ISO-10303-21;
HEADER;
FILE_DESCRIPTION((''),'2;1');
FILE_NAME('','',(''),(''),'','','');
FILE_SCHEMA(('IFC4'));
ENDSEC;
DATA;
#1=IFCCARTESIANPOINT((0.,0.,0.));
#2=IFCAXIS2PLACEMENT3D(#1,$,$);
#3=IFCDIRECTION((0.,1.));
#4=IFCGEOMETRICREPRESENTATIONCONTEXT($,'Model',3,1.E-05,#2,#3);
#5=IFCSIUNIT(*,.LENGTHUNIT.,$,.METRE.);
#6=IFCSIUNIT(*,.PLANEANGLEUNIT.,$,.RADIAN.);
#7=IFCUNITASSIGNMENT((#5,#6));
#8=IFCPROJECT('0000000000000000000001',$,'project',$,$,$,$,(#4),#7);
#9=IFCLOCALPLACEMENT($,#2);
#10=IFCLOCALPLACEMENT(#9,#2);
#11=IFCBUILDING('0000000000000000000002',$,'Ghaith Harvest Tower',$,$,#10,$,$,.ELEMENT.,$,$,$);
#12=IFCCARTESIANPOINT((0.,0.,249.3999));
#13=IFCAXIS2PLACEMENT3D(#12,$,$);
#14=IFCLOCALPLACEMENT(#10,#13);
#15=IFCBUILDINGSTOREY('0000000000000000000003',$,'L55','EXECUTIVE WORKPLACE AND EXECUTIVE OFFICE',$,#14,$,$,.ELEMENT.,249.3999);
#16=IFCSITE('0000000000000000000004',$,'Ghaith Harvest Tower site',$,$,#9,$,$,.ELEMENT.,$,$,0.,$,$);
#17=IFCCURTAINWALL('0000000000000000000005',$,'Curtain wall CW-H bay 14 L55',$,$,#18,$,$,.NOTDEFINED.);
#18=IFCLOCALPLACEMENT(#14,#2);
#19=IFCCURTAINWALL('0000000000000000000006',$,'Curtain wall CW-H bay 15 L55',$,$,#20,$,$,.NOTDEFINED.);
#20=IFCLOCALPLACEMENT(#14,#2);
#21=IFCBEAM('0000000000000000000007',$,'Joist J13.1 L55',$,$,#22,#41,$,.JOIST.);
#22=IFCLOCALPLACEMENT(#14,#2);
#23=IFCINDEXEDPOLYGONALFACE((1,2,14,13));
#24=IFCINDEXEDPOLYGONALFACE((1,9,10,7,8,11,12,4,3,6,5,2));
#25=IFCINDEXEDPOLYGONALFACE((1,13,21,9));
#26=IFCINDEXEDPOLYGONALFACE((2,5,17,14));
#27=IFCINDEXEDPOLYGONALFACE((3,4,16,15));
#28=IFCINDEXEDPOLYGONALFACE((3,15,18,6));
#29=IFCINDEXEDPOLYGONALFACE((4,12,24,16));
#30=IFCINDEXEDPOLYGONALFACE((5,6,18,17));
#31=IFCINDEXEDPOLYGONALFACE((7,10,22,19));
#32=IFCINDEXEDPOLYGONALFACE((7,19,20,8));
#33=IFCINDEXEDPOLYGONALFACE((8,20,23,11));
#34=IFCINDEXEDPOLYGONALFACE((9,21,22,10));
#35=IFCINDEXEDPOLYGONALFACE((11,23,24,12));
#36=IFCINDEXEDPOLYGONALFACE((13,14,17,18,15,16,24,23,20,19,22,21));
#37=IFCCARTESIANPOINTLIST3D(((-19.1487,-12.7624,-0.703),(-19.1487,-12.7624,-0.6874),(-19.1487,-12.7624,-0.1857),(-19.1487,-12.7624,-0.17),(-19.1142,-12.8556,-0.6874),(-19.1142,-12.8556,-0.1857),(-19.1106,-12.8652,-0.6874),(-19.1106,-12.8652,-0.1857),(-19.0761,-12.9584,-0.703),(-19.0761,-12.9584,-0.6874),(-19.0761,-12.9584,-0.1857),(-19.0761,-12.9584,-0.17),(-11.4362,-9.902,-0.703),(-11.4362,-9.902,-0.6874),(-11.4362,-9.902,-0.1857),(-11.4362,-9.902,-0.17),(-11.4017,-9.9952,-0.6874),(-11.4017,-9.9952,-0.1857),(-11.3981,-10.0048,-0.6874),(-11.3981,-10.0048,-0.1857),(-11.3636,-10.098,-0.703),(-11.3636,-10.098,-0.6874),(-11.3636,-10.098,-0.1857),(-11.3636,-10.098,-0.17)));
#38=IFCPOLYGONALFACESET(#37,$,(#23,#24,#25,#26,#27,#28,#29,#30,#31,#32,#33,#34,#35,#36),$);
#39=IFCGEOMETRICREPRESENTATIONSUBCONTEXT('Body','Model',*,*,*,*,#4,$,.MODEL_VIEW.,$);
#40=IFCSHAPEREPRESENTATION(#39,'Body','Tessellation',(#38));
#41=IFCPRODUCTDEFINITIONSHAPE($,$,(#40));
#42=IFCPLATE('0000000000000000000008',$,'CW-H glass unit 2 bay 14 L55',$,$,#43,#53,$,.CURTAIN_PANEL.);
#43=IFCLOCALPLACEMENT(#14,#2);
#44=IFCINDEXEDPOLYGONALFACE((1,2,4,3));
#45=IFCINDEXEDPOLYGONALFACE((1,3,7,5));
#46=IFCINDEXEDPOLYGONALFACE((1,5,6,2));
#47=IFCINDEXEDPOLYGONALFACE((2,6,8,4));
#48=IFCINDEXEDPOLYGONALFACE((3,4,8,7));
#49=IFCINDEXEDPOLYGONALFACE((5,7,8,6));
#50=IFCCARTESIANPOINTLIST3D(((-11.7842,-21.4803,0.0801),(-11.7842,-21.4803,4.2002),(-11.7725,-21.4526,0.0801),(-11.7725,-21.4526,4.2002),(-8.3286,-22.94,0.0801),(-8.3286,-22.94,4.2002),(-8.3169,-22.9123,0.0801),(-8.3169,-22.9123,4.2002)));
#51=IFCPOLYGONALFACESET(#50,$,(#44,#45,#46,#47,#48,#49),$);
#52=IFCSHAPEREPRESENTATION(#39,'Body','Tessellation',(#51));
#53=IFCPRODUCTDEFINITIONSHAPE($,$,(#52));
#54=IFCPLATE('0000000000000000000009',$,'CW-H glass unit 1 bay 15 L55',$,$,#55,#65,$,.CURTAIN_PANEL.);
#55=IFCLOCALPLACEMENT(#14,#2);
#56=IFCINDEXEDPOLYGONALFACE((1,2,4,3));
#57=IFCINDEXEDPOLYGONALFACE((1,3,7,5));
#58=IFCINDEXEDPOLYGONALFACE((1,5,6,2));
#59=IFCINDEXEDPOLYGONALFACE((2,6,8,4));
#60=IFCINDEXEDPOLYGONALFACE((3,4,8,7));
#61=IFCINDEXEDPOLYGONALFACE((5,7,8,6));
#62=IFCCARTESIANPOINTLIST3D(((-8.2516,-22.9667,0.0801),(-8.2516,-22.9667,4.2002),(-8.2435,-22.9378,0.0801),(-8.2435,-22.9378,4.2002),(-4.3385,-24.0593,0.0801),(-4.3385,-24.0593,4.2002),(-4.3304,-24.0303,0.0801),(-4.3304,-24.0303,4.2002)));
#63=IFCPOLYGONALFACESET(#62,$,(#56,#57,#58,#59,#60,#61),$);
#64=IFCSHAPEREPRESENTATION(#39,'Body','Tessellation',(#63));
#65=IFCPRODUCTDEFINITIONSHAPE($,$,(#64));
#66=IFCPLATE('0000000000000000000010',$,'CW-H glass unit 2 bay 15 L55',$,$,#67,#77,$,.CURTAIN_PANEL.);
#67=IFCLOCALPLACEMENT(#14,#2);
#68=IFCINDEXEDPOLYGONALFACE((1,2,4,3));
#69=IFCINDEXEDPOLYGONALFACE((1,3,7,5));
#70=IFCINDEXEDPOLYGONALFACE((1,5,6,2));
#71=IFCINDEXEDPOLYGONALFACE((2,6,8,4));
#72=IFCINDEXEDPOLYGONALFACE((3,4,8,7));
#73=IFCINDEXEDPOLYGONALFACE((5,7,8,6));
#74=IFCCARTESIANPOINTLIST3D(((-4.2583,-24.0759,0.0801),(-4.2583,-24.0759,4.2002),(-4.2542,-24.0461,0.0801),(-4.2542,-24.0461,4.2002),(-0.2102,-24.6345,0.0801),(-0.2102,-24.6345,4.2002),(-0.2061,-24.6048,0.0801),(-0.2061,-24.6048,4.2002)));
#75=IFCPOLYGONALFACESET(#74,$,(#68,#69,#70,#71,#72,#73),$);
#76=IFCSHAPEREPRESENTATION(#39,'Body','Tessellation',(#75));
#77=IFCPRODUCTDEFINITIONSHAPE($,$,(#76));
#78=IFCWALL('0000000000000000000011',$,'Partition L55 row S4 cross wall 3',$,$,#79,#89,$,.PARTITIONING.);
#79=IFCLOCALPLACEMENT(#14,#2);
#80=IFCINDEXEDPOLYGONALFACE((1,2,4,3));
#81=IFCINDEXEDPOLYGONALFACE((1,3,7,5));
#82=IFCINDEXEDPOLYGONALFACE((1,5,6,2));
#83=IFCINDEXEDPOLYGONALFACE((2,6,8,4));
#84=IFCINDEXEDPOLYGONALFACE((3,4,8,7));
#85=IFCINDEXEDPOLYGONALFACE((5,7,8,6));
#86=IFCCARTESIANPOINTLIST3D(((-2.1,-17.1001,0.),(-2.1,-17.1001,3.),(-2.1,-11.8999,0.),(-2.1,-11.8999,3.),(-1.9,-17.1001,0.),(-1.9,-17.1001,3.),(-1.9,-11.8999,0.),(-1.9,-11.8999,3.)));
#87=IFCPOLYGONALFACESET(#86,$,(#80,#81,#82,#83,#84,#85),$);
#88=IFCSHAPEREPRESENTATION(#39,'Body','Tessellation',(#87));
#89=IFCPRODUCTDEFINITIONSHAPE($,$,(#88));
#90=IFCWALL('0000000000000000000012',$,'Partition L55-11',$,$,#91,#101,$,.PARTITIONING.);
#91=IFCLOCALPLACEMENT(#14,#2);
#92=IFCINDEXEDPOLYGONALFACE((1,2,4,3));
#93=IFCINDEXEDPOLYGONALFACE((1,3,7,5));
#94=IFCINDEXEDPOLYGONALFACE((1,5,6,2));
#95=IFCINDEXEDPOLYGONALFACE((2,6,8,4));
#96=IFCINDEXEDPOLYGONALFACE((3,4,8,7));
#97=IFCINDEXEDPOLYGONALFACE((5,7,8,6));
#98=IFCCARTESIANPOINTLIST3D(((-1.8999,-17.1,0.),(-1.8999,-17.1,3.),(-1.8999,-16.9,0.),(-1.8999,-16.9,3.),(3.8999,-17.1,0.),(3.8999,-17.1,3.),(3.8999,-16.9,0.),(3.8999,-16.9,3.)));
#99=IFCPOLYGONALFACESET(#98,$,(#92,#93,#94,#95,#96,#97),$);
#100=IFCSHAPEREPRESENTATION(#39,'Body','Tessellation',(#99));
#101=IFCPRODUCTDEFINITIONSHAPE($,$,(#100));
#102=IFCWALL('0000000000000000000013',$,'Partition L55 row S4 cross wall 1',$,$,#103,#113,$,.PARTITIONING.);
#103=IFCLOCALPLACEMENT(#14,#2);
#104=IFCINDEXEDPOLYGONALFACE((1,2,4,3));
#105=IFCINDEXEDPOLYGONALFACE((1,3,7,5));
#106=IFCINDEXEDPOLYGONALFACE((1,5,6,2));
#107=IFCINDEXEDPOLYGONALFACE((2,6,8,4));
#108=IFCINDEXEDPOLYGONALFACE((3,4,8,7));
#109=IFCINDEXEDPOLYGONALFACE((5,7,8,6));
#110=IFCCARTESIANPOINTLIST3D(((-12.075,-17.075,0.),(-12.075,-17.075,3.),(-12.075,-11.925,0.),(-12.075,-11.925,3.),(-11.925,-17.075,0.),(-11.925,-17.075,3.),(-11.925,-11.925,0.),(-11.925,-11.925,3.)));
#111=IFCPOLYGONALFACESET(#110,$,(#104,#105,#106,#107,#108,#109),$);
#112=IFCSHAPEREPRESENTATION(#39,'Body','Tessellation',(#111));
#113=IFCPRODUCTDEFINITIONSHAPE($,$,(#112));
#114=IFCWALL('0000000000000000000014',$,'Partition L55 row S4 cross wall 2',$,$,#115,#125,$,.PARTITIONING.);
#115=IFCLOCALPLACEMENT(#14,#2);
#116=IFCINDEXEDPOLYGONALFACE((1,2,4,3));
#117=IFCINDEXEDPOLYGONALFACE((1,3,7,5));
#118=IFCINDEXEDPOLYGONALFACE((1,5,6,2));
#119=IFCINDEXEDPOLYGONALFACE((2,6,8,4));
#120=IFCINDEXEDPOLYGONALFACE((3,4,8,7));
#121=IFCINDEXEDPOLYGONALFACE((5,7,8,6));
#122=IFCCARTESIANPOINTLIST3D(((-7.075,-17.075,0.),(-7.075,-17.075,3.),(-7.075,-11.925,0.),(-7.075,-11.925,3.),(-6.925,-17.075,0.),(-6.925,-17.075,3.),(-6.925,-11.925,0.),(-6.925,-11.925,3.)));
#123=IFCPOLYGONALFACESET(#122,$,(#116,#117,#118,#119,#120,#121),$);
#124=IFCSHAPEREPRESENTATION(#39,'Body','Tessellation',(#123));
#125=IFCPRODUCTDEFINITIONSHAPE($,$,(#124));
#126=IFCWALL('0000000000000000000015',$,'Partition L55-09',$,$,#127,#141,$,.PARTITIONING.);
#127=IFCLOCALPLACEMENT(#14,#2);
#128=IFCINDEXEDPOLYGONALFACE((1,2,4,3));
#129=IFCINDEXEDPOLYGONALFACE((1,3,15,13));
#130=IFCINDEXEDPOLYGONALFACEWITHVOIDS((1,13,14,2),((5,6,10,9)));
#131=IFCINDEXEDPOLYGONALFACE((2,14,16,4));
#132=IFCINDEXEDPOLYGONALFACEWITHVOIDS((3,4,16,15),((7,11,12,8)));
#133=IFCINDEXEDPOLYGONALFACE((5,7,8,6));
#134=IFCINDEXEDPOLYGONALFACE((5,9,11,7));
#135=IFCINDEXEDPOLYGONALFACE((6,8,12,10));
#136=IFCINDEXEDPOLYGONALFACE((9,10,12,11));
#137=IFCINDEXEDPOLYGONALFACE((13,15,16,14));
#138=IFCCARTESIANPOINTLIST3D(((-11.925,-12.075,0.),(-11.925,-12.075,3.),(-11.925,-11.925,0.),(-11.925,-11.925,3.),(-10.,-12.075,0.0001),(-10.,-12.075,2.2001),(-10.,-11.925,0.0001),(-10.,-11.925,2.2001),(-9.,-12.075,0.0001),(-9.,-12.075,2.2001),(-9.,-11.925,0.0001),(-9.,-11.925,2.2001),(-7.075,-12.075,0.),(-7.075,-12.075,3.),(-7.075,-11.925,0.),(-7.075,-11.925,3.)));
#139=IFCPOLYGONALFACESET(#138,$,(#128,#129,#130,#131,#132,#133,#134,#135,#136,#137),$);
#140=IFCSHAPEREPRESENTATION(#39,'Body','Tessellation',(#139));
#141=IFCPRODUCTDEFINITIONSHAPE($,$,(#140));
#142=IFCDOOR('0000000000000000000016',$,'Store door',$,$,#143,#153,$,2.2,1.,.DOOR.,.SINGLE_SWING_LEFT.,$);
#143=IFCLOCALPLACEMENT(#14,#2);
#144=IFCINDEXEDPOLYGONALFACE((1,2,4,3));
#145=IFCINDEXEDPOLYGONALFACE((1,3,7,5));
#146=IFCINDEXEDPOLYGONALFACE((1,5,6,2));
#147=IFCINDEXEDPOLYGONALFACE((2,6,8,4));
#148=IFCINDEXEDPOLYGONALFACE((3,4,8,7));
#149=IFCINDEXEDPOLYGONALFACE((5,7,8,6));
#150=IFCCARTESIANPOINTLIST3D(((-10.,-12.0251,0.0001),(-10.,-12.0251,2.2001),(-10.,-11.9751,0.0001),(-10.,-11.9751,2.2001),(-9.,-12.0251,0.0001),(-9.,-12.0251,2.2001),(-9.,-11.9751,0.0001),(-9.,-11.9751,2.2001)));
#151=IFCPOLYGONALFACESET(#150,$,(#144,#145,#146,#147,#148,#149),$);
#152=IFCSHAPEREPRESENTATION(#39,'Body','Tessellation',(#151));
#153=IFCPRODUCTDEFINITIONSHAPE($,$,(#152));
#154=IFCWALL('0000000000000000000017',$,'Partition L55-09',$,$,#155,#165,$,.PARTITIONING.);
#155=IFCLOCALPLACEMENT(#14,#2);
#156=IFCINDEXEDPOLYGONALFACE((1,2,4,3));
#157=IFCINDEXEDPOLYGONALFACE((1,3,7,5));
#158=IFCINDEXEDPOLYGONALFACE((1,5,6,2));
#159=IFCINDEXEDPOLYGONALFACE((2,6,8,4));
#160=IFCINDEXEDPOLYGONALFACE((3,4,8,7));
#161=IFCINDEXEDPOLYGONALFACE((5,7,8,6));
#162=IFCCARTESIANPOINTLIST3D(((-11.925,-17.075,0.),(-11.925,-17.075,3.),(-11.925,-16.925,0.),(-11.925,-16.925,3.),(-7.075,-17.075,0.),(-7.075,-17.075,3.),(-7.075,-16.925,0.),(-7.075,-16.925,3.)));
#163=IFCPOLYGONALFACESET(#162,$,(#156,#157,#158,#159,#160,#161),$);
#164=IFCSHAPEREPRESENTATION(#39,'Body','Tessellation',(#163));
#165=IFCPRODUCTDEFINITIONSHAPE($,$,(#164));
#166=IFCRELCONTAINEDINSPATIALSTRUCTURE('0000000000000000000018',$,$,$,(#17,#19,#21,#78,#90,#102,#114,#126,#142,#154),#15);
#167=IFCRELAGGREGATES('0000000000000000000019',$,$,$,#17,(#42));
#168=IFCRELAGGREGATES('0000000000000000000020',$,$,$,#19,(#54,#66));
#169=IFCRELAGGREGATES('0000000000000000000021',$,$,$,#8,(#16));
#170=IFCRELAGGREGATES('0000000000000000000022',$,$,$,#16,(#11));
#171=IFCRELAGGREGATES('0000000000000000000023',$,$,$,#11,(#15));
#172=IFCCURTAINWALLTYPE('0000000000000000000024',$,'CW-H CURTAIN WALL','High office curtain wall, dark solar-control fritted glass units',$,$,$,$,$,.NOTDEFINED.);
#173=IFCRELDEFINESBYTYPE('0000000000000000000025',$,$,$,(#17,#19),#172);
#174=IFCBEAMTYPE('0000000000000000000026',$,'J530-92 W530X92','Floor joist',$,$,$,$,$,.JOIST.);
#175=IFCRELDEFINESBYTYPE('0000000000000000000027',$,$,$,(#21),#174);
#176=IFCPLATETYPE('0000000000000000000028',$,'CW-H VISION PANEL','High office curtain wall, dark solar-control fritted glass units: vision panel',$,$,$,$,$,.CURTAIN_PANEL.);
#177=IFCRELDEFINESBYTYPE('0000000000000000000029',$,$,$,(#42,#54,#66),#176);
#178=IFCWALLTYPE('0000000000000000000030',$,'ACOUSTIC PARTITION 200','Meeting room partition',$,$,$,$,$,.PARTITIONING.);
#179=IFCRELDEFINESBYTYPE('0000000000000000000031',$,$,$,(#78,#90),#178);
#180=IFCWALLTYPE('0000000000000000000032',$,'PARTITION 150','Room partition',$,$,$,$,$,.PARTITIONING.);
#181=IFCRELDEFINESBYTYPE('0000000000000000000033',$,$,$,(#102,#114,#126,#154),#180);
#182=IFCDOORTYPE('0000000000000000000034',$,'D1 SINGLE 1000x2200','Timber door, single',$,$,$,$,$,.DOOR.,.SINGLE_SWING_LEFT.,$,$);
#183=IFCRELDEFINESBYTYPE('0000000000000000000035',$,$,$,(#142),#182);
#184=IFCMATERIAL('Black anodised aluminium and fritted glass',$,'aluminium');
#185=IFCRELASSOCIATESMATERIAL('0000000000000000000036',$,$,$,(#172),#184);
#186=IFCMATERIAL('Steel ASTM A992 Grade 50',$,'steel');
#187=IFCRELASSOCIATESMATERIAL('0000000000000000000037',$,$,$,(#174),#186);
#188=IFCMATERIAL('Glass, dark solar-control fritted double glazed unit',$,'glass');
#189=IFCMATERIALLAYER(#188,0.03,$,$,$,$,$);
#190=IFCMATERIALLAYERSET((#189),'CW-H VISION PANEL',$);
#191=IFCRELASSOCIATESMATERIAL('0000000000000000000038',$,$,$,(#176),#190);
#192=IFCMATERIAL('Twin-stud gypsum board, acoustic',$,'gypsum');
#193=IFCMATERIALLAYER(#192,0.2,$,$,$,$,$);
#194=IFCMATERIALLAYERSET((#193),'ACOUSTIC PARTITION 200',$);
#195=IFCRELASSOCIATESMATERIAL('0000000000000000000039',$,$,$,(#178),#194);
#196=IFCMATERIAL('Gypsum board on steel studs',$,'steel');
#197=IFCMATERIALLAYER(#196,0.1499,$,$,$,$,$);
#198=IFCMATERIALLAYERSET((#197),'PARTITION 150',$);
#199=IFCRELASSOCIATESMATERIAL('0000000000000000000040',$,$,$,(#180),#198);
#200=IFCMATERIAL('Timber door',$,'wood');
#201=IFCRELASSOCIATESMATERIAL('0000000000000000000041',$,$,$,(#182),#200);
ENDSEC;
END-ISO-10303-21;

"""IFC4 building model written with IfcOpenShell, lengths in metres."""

from ifc_helpers import new_model, si_unit, direction, frame, frame_2d, origin, origin_2d, place, context, subcontext, project, spatial, rectangle, i_section, extrude, material, layer, layer_set, material_profile, profile_set, type_object, element, fill, aggregate, save


model = new_model("IFC4")

# Units and contexts
model_context = context("Model", 3, precision=1e-05, world=origin(), true_north=direction((0.0, 1.0)))
body_context = subcontext(model_context, "Body", "Model", "MODEL_VIEW")
ifc_project = project(units=[si_unit("LENGTHUNIT", "METRE"), si_unit("PLANEANGLEUNIT", "RADIAN")], contexts=[model_context])

# Site, building, storey
site_placement = place(None, origin())
site = spatial("IfcSite", under=ifc_project, at=site_placement, Name="Ghaith Harvest Tower site", CompositionType="ELEMENT", RefElevation=0.0)
building_placement = place(site_placement, origin())
building = spatial("IfcBuilding", under=site, at=building_placement, Name="Ghaith Harvest Tower", CompositionType="ELEMENT")
storey_placement = place(building_placement, frame((0.0, 0.0, 249.3999)))
storey = spatial("IfcBuildingStorey", under=building, at=storey_placement, Name="L55", Description="EXECUTIVE WORKPLACE AND EXECUTIVE OFFICE", CompositionType="ELEMENT", Elevation=249.3999)

# Curtain wall
ifc_material_1 = material(Name="Black anodised aluminium and fritted glass", Category="aluminium")
curtain_wall_type = type_object("IfcCurtainWallType", Name="CW-H CURTAIN WALL", Description="High office curtain wall, dark solar-control fritted glass units", PredefinedType="NOTDEFINED", material=ifc_material_1)
curtain_wall_1_placement = place(storey_placement, origin())
curtain_wall_1 = element("IfcCurtainWall", 1, at=curtain_wall_1_placement, inside=storey, type_object=curtain_wall_type, Name="Curtain wall CW-H bay 14 L55", PredefinedType="NOTDEFINED")

# Curtain wall
curtain_wall_2_placement = place(storey_placement, origin())
curtain_wall_2 = element("IfcCurtainWall", 2, at=curtain_wall_2_placement, inside=storey, type_object=curtain_wall_type, Name="Curtain wall CW-H bay 15 L55", PredefinedType="NOTDEFINED")

# Beam
ifc_material_2 = material(Name="Steel ASTM A992 Grade 50", Category="steel")
ifc_material_profile_1 = material_profile(ifc_material_2, i_section(OverallWidth=0.209, OverallDepth=0.533, WebThickness=0.0103, FlangeThickness=0.0156, at=origin_2d()), Name="W530X92")
ifc_profile_set_1 = profile_set([ifc_material_profile_1], Name="Steel ASTM A992 Grade 50")
beam_type_1 = type_object("IfcBeamType", Name="J530-92 W530X92", Description="Floor joist", PredefinedType="JOIST", material=ifc_profile_set_1)
beam_1_placement = place(storey_placement, frame((-11.3999, -10.0, -0.4365), z_axis=(-0.937594, -0.347732, 0.0), x_axis=(0.347732, -0.937594, 0.0)))
element("IfcBeam", 3, at=beam_1_placement, inside=storey, type_object=beam_type_1, Name="Joist J13.1 L55", PredefinedType="JOIST", context=body_context, shape_type="SweptSolid", body=[
    extrude(i_section(OverallWidth=0.209, OverallDepth=0.533, WebThickness=0.0103, FlangeThickness=0.0156, at=origin_2d()), origin(), (0.0, 0.0, 1.0), 8.2258),
])

# Plates
ifc_material_3 = material(Name="Glass, dark solar-control fritted double glazed unit", Category="glass")
ifc_layer_1 = layer(ifc_material_3, 0.03)
ifc_layer_set_1 = layer_set([ifc_layer_1], Name="CW-H VISION PANEL")
plate_type = type_object("IfcPlateType", Name="CW-H VISION PANEL", Description="High office curtain wall, dark solar-control fritted glass units: vision panel", PredefinedType="CURTAIN_PANEL", material=ifc_layer_set_1)
plate_1_placement = place(storey_placement, frame((-10.0505, -22.1963, 0.0801), z_axis=(0.0, 0.0, 1.0), x_axis=(0.921182, -0.389133, 0.0)))
plate_1 = element("IfcPlate", 4, at=plate_1_placement, type_object=plate_type, Name="CW-H glass unit 2 bay 14 L55", PredefinedType="CURTAIN_PANEL", context=body_context, shape_type="SweptSolid", body=[
    extrude(rectangle(XDim=3.7512, YDim=0.03, at=origin_2d()), origin(), (0.0, 0.0, 1.0), 4.1201),
])
aggregate(curtain_wall_1, [plate_1])
plate_2_placement = place(storey_placement, frame((-6.291, -23.4985, 0.0801), z_axis=(0.0, 0.0, 1.0), x_axis=(0.963163, -0.268919, 0.0)))
plate_2 = element("IfcPlate", 5, at=plate_2_placement, type_object=plate_type, Name="CW-H glass unit 1 bay 15 L55", PredefinedType="CURTAIN_PANEL", context=body_context, shape_type="SweptSolid", body=[
    extrude(rectangle(XDim=4.0627, YDim=0.03, at=origin_2d()), origin(), (0.0, 0.0, 1.0), 4.1201),
])
plate_3_placement = place(storey_placement, frame((-2.2322, -24.3403, 0.0801), z_axis=(0.0, 0.0, 1.0), x_axis=(0.990612, -0.136702, 0.0)))
plate_3 = element("IfcPlate", 6, at=plate_3_placement, type_object=plate_type, Name="CW-H glass unit 2 bay 15 L55", PredefinedType="CURTAIN_PANEL", context=body_context, shape_type="SweptSolid", body=[
    extrude(rectangle(XDim=4.0864, YDim=0.03, at=origin_2d()), origin(), (0.0, 0.0, 1.0), 4.1201),
])
aggregate(curtain_wall_2, [plate_2, plate_3])

# Wall
ifc_material_4 = material(Name="Twin-stud gypsum board, acoustic", Category="gypsum")
ifc_layer_2 = layer(ifc_material_4, 0.2)
ifc_layer_set_2 = layer_set([ifc_layer_2], Name="ACOUSTIC PARTITION 200")
wall_type_1 = type_object("IfcWallType", Name="ACOUSTIC PARTITION 200", Description="Meeting room partition", PredefinedType="PARTITIONING", material=ifc_layer_set_2)
wall_1_placement = place(storey_placement, frame((-2.0, -11.8999, 0.0), z_axis=(0.0, 0.0, 1.0), x_axis=(0.0, -1.0, 0.0)))
element("IfcWall", 7, at=wall_1_placement, inside=storey, type_object=wall_type_1, Name="Partition L55 row S4 cross wall 3", PredefinedType="PARTITIONING", context=body_context, shape_type="SweptSolid", body=[
    extrude(rectangle(XDim=5.2002, YDim=0.2, at=frame_2d((2.6001, 0.0))), origin(), (0.0, 0.0, 1.0), 3.0),
])

# Walls
wall_2_placement = place(storey_placement, frame((-1.8999, -17.0, 0.0), z_axis=(0.0, 0.0, 1.0), x_axis=(1.0, 0.0, 0.0)))
element("IfcWall", 8, at=wall_2_placement, inside=storey, type_object=wall_type_1, Name="Partition L55-11", PredefinedType="PARTITIONING", context=body_context, shape_type="SweptSolid", body=[
    extrude(rectangle(XDim=5.7998, YDim=0.2, at=frame_2d((2.8999, 0.0))), origin(), (0.0, 0.0, 1.0), 3.0),
])
ifc_material_5 = material(Name="Gypsum board on steel studs", Category="steel")
ifc_layer_3 = layer(ifc_material_5, 0.1499)
ifc_layer_set_3 = layer_set([ifc_layer_3], Name="PARTITION 150")
wall_type_2 = type_object("IfcWallType", Name="PARTITION 150", Description="Room partition", PredefinedType="PARTITIONING", material=ifc_layer_set_3)
for number, where, z_axis, x_axis, name in (
    (9, (-12.0, -11.925, 0.0), (0.0, 0.0, 1.0), (0.0, -1.0, 0.0), "Partition L55 row S4 cross wall 1"),
    (10, (-7.0, -11.925, 0.0), (0.0, 0.0, 1.0), (0.0, -1.0, 0.0), "Partition L55 row S4 cross wall 2"),
):
    element("IfcWall", number, at=place(storey_placement, frame(where, z_axis=z_axis, x_axis=x_axis)), inside=storey, type_object=wall_type_2, Name=name, PredefinedType="PARTITIONING", context=body_context, shape_type="SweptSolid", body=[
        extrude(rectangle(XDim=5.1499, YDim=0.1499, at=frame_2d((2.575, 0.0))), origin(), (0.0, 0.0, 1.0), 3.0),
    ])

# Wall, opening, door
wall_3_placement = place(storey_placement, frame((-11.925, -12.0, 0.0), z_axis=(0.0, 0.0, 1.0), x_axis=(1.0, 0.0, 0.0)))
wall_3 = element("IfcWall", 11, at=wall_3_placement, inside=storey, type_object=wall_type_2, Name="Partition L55-09", PredefinedType="PARTITIONING", context=body_context, shape_type="SweptSolid", body=[
    extrude(rectangle(XDim=4.8501, YDim=0.1499, at=frame_2d((2.425, 0.0))), origin(), (0.0, 0.0, 1.0), 3.0),
])
opening_1_placement = place(wall_3_placement, frame((1.925, 0.0, 0.0)))
opening_1 = element("IfcOpeningElement", 12, at=opening_1_placement, cuts=wall_3, PredefinedType="OPENING", context=body_context, shape_type="SweptSolid", body=[
    extrude(rectangle(XDim=1.0, YDim=2.2, at=frame_2d((0.5, 1.1001))), frame((0.0, 0.085, 0.0), z_axis=(0.0, -1.0, 0.0), x_axis=(1.0, 0.0, 0.0)), (0.0, 0.0, 1.0), 0.1699),
])
ifc_material_6 = material(Name="Timber door", Category="wood")
door_type_1 = type_object("IfcDoorType", Name="D1 SINGLE 1000x2200", Description="Timber door, single", OperationType="SINGLE_SWING_LEFT", PredefinedType="DOOR", material=ifc_material_6)
door_1_placement = place(opening_1_placement, origin())
door_1 = element("IfcDoor", 13, at=door_1_placement, inside=storey, type_object=door_type_1, Name="Store door", OperationType="SINGLE_SWING_LEFT", OverallHeight=2.2, OverallWidth=1.0, PredefinedType="DOOR", context=body_context, shape_type="SweptSolid", body=[
    extrude(rectangle(XDim=1.0, YDim=2.2, at=frame_2d((0.5, 1.1001))), frame((0.0, 0.0249, 0.0), z_axis=(0.0, -1.0, 0.0), x_axis=(1.0, 0.0, 0.0)), (0.0, 0.0, 1.0), 0.05),
])
fill(opening_1, door_1)

# Wall
wall_4_placement = place(storey_placement, frame((-11.925, -17.0, 0.0), z_axis=(0.0, 0.0, 1.0), x_axis=(1.0, 0.0, 0.0)))
element("IfcWall", 14, at=wall_4_placement, inside=storey, type_object=wall_type_2, Name="Partition L55-09", PredefinedType="PARTITIONING", context=body_context, shape_type="SweptSolid", body=[
    extrude(rectangle(XDim=4.8501, YDim=0.1499, at=frame_2d((2.425, 0.0))), origin(), (0.0, 0.0, 1.0), 3.0),
])

save(model, "model.ifc")
